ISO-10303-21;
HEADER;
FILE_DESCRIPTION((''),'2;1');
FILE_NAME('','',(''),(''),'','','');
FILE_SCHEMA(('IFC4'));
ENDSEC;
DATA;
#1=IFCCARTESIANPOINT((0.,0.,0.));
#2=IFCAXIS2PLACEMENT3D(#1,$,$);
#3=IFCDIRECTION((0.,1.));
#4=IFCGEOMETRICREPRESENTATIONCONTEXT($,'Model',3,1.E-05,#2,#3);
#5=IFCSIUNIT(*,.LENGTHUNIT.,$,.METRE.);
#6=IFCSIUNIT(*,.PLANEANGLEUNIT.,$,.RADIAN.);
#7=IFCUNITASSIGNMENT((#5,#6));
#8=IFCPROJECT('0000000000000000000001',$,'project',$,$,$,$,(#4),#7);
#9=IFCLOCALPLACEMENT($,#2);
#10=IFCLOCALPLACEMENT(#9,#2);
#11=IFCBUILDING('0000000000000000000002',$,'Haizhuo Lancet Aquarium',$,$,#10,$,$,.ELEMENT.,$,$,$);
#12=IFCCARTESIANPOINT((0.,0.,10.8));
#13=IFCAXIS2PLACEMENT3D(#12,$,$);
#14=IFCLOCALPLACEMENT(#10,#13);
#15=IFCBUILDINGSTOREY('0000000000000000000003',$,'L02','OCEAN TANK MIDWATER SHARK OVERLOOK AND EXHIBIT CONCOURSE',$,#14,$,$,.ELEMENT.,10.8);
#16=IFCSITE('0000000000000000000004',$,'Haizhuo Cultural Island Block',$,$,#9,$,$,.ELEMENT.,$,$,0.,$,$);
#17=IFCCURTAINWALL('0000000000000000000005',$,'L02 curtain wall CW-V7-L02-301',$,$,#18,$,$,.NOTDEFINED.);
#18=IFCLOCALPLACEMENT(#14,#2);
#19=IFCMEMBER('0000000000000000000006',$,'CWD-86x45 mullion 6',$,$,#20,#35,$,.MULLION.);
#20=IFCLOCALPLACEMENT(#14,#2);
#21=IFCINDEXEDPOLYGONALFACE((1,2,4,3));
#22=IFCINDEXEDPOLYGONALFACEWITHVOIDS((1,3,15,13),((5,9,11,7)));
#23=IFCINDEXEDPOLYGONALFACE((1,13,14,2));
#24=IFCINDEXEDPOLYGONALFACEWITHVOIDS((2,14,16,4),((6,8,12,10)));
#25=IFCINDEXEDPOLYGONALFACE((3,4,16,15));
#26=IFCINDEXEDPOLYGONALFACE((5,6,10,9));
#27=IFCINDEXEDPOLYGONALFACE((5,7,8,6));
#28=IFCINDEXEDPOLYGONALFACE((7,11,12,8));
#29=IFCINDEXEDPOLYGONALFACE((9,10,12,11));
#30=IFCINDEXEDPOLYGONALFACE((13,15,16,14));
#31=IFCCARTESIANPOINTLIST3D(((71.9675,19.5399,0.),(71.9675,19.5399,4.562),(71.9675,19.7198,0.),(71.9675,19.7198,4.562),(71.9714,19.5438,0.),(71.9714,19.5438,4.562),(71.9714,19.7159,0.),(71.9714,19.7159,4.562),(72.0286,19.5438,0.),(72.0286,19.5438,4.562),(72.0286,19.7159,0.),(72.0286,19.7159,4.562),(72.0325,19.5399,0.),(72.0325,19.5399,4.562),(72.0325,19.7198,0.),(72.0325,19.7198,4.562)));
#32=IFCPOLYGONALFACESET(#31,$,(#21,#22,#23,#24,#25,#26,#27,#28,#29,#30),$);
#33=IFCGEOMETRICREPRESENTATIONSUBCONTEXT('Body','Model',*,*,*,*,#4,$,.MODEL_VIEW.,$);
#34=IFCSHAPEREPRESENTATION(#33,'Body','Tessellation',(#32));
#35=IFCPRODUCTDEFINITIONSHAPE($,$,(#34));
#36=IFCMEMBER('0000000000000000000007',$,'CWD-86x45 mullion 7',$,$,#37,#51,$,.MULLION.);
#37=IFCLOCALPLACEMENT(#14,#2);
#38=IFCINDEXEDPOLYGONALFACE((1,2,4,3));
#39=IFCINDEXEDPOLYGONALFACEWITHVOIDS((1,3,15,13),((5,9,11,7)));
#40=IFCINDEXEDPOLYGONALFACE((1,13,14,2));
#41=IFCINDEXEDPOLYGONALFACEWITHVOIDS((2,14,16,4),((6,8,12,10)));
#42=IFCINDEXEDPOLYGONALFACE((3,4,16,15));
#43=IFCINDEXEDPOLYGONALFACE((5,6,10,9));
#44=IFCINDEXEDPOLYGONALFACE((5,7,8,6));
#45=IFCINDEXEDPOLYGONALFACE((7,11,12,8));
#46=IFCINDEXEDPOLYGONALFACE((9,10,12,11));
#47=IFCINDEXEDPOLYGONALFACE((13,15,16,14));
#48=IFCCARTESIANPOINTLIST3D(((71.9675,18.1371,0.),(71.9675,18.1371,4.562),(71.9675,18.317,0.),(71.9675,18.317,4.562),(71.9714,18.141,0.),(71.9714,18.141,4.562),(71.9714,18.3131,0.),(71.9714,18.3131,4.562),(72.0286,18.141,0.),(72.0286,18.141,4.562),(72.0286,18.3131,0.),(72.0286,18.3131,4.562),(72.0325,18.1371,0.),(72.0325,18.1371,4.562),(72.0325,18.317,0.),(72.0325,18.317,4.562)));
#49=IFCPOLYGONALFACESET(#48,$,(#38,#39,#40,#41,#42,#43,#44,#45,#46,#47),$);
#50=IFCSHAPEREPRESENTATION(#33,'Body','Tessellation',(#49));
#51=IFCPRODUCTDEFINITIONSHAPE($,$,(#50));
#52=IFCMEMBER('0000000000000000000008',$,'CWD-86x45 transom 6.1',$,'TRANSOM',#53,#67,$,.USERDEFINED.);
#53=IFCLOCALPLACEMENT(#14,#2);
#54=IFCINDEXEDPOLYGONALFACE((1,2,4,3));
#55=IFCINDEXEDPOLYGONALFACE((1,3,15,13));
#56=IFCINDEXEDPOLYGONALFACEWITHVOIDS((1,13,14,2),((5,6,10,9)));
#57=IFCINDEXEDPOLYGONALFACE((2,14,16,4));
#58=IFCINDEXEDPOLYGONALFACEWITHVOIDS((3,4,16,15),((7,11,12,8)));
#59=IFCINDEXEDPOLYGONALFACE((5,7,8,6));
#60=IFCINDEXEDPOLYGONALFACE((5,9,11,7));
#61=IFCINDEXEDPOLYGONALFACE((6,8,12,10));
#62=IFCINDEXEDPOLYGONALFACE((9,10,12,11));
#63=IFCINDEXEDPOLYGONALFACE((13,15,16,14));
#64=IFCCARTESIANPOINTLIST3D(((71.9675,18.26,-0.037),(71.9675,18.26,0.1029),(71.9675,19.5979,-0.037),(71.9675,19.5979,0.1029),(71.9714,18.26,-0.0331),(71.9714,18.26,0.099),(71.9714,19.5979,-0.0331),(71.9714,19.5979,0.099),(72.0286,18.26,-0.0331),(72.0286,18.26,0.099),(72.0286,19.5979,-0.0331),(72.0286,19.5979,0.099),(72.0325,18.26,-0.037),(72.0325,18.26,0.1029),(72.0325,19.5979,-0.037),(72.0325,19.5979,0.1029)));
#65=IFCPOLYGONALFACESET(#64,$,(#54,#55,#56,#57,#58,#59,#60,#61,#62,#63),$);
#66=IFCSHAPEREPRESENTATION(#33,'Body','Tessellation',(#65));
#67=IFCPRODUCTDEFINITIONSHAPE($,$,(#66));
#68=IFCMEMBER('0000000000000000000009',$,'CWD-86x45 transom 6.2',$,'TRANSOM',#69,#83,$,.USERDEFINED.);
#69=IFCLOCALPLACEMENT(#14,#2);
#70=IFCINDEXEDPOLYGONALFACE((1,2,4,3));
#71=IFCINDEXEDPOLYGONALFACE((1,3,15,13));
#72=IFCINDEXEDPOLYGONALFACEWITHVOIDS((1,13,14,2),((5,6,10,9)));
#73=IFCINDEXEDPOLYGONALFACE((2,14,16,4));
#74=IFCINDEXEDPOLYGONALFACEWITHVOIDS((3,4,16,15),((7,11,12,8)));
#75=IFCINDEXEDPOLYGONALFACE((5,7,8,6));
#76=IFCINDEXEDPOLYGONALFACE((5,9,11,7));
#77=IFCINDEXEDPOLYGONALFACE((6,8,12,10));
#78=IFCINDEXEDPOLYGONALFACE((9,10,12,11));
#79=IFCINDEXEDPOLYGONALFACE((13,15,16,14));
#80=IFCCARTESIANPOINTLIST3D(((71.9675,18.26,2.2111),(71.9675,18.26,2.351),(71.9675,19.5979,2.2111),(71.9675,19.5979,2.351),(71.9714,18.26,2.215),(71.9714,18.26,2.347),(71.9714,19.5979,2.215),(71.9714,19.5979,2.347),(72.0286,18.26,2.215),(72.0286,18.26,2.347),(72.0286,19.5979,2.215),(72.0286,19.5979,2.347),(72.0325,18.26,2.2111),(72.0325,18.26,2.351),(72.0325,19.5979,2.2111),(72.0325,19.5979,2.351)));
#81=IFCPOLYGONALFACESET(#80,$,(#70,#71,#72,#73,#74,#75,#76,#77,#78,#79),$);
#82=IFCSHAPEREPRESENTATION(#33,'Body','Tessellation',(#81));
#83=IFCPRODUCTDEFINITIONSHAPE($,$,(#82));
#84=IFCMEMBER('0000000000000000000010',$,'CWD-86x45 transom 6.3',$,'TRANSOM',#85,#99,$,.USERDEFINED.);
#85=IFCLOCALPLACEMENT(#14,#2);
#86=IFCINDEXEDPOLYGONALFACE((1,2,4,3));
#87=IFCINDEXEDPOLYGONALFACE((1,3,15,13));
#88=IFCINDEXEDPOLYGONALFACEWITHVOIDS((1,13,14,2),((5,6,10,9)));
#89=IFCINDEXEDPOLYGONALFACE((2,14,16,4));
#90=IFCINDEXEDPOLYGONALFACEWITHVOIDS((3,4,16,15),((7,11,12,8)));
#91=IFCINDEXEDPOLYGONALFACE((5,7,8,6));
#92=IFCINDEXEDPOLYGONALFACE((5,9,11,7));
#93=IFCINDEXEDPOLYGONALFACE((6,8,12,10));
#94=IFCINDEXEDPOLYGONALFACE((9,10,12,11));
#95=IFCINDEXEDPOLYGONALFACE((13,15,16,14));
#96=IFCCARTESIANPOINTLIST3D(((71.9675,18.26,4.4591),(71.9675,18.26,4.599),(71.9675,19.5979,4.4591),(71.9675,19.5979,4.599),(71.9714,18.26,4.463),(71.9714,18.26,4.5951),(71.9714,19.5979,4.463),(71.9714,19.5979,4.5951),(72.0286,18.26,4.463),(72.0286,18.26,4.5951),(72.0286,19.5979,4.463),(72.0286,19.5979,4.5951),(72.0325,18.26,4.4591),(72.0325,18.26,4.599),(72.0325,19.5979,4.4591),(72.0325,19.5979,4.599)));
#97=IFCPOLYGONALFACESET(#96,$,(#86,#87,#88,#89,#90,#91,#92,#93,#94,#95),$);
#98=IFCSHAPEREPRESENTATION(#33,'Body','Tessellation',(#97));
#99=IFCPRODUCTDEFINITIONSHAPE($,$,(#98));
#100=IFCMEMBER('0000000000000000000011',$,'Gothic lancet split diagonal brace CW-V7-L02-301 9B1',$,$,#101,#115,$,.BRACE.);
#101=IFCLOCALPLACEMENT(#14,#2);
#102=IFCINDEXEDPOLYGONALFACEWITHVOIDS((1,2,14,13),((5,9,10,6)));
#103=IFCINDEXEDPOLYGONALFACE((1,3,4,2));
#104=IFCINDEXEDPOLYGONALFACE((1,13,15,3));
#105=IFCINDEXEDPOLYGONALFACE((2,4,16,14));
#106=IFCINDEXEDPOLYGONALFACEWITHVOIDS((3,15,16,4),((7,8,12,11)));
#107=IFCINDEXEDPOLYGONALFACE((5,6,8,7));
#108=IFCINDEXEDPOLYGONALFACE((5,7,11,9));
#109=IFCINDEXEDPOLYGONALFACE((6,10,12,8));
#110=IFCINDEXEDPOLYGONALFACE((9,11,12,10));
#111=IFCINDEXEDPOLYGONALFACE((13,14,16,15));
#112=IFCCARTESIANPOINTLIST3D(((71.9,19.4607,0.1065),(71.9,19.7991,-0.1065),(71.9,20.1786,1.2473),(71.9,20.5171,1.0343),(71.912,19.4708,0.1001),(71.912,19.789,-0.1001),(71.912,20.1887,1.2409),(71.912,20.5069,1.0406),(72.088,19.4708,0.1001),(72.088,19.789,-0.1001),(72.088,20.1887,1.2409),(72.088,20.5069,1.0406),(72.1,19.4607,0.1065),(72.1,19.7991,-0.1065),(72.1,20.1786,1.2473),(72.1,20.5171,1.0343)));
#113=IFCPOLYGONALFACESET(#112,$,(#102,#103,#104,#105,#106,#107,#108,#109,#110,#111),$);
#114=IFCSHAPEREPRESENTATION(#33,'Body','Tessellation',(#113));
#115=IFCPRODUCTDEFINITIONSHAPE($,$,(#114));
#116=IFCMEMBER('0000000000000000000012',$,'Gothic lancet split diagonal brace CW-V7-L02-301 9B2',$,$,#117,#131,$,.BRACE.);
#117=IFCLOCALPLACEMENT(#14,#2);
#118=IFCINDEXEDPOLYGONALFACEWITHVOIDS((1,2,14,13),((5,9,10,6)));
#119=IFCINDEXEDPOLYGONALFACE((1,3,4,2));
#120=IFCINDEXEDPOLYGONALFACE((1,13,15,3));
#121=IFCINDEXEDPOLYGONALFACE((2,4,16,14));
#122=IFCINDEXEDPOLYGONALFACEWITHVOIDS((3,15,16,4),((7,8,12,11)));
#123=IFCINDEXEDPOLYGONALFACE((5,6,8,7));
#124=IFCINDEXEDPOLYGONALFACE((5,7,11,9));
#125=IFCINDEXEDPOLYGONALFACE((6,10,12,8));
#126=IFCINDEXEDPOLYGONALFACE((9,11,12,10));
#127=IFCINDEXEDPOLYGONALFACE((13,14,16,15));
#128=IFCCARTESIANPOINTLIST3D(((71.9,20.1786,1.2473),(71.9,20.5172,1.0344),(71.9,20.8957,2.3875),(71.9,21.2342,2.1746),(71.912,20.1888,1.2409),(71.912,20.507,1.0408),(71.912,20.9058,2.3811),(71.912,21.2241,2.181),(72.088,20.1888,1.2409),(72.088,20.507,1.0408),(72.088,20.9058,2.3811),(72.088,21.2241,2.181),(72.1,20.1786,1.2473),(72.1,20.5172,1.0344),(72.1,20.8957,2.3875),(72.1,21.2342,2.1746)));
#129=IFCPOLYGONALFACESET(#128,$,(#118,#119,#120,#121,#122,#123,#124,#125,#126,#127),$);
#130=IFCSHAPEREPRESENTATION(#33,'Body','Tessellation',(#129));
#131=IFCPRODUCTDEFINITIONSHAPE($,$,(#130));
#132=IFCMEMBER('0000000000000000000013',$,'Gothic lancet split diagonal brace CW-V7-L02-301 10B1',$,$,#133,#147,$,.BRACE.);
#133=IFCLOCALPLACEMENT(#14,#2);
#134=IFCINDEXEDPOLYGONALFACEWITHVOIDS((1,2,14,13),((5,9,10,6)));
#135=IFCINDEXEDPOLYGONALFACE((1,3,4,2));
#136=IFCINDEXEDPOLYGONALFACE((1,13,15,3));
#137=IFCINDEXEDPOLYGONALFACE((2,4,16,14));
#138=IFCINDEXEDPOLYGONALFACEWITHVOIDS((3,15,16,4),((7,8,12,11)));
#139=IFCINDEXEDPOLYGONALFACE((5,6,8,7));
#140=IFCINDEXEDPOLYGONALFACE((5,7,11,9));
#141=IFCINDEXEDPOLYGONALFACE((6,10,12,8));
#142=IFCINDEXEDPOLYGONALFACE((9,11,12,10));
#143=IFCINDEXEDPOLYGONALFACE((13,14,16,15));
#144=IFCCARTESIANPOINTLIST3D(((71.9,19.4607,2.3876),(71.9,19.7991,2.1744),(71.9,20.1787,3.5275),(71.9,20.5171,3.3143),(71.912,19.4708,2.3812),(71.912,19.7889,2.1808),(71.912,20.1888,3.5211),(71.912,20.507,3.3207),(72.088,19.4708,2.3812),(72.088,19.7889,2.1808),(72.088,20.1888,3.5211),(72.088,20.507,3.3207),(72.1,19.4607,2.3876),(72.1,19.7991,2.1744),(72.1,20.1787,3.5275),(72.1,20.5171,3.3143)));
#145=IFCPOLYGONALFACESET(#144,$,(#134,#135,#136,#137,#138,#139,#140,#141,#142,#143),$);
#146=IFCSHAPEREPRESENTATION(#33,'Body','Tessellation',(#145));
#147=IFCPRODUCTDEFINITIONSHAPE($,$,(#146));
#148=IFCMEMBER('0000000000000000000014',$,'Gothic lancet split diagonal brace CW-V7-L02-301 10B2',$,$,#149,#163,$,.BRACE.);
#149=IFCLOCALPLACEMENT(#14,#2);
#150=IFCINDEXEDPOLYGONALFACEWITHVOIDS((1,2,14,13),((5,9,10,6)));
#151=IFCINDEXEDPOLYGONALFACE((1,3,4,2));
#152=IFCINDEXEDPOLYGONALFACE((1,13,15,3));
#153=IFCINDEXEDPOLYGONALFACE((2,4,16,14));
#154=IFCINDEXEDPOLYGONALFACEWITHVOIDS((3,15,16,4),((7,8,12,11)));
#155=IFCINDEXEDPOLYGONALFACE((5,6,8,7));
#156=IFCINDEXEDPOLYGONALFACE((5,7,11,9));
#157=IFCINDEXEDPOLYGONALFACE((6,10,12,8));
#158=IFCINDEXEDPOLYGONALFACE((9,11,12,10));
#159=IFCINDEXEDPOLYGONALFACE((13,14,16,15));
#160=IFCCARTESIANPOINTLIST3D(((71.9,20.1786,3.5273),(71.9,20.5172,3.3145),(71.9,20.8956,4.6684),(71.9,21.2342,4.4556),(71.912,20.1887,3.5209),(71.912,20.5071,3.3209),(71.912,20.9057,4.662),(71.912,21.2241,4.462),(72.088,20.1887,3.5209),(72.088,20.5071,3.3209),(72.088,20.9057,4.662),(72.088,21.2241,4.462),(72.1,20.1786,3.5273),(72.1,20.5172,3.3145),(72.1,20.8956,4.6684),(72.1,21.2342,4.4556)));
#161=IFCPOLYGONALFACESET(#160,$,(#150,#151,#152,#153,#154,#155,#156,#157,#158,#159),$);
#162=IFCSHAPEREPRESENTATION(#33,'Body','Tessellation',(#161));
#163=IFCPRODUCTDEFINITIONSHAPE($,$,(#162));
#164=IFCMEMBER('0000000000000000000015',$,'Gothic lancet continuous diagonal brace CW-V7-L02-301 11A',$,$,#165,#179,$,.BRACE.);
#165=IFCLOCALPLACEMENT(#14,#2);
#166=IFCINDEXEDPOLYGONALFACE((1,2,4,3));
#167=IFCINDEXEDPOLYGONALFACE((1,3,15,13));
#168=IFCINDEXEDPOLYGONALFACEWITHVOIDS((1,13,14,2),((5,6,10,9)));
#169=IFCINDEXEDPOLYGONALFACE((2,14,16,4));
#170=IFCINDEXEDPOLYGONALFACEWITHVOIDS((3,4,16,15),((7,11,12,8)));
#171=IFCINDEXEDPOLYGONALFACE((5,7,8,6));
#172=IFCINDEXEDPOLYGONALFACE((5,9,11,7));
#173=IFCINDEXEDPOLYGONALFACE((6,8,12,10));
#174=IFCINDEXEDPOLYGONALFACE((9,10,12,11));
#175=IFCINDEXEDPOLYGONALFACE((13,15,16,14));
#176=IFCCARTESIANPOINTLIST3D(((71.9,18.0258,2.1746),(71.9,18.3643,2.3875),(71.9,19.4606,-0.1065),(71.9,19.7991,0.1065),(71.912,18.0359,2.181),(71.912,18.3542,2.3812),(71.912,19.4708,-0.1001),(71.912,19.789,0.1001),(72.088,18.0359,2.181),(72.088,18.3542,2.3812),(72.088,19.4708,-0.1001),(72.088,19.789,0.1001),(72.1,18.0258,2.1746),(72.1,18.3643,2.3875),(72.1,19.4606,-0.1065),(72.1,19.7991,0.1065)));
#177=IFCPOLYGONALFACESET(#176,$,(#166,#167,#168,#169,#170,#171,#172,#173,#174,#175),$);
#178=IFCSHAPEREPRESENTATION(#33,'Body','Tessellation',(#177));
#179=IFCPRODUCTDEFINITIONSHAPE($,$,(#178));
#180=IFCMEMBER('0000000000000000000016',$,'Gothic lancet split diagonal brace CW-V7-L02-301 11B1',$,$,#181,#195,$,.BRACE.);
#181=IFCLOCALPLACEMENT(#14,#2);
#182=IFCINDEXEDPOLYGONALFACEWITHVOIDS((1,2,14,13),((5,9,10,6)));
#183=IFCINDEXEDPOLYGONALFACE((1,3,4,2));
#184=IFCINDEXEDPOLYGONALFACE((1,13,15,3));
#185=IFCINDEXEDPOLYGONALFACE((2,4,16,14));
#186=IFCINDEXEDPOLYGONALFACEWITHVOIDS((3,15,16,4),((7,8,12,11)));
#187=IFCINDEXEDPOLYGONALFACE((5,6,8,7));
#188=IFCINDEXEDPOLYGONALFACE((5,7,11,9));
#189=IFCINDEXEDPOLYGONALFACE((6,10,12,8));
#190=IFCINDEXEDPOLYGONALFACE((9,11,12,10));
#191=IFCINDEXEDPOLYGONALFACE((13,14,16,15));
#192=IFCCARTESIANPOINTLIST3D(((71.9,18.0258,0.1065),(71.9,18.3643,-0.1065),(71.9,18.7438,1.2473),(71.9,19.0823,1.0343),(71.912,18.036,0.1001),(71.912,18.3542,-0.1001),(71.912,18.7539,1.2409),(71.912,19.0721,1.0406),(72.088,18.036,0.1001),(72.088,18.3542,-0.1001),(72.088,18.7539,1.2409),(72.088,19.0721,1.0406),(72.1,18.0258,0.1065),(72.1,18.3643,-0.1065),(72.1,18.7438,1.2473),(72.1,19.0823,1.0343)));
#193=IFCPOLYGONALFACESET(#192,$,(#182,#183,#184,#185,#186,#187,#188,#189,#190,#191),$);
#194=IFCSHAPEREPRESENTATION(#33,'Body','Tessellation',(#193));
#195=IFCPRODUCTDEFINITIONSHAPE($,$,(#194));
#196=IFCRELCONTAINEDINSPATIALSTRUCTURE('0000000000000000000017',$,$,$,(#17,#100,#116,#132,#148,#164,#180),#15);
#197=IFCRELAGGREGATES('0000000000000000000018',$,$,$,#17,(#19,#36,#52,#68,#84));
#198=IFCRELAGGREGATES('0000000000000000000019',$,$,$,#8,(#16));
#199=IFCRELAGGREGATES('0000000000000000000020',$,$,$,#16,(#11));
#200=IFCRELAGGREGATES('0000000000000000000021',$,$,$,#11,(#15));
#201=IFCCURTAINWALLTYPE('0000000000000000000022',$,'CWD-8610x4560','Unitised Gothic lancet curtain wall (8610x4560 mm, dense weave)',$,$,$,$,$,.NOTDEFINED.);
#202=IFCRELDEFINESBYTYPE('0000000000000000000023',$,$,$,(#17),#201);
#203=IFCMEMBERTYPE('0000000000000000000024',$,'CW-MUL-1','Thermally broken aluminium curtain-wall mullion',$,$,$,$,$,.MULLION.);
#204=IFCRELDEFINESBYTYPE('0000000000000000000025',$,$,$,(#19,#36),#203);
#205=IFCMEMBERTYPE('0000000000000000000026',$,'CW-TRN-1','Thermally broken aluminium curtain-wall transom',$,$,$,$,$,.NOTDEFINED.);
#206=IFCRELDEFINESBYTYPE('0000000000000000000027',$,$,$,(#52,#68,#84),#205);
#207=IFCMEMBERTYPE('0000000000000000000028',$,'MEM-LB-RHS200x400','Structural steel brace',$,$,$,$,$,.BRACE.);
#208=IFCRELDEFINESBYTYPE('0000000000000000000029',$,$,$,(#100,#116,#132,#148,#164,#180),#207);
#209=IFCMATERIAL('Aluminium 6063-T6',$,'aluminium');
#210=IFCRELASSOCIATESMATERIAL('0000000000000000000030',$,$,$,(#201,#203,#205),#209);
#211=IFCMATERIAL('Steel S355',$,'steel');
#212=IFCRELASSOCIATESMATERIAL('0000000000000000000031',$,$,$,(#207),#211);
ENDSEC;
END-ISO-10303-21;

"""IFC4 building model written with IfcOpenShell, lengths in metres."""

from ifc_helpers import new_model, si_unit, direction, frame, origin, origin_2d, place, context, subcontext, project, spatial, hollow_rectangle, extrude, material, material_profile, profile_set, type_object, element, aggregate, save


model = new_model("IFC4")

# Units and contexts
model_context = context("Model", 3, precision=1e-05, world=origin(), true_north=direction((0.0, 1.0)))
body_context = subcontext(model_context, "Body", "Model", "MODEL_VIEW")
ifc_project = project(units=[si_unit("LENGTHUNIT", "METRE"), si_unit("PLANEANGLEUNIT", "RADIAN")], contexts=[model_context])

# Site, building, storey
site_placement = place(None, origin())
site = spatial("IfcSite", under=ifc_project, at=site_placement, Name="Haizhuo Cultural Island Block", CompositionType="ELEMENT", RefElevation=0.0)
building_placement = place(site_placement, origin())
building = spatial("IfcBuilding", under=site, at=building_placement, Name="Haizhuo Lancet Aquarium", CompositionType="ELEMENT")
storey_placement = place(building_placement, frame((0.0, 0.0, 10.8)))
storey = spatial("IfcBuildingStorey", under=building, at=storey_placement, Name="L02", Description="OCEAN TANK MIDWATER SHARK OVERLOOK AND EXHIBIT CONCOURSE", CompositionType="ELEMENT", Elevation=10.8)

# Curtain wall, members
ifc_material_1 = material(Name="Aluminium 6063-T6", Category="aluminium")
curtain_wall_type = type_object("IfcCurtainWallType", Name="CWD-8610x4560", Description="Unitised Gothic lancet curtain wall (8610x4560 mm, dense weave)", PredefinedType="NOTDEFINED", material=ifc_material_1)
curtain_wall_placement = place(storey_placement, origin())
curtain_wall = element("IfcCurtainWall", 1, at=curtain_wall_placement, inside=storey, type_object=curtain_wall_type, Name="L02 curtain wall CW-V7-L02-301", PredefinedType="NOTDEFINED")
ifc_material_profile_1 = material_profile(ifc_material_1, hollow_rectangle(XDim=0.0649, YDim=0.1799, WallThickness=0.0039, at=origin_2d()), Name="ALU-M 65x180x4")
ifc_profile_set_1 = profile_set([ifc_material_profile_1], Name="Aluminium 6063-T6")
member_type_1 = type_object("IfcMemberType", Name="CW-MUL-1", Description="Thermally broken aluminium curtain-wall mullion", PredefinedType="MULLION", material=ifc_profile_set_1)
member_1_placement = place(storey_placement, frame((72.0, 19.6299, 0.0), z_axis=(0.0, 0.0, 1.0), x_axis=(1.0, 0.0, 0.0)))
member_1 = element("IfcMember", 2, at=member_1_placement, type_object=member_type_1, Name="CWD-86x45 mullion 6", PredefinedType="MULLION", context=body_context, shape_type="SweptSolid", body=[
    extrude(hollow_rectangle(XDim=0.0649, YDim=0.1799, WallThickness=0.0039, at=origin_2d()), origin(), (0.0, 0.0, 1.0), 4.562),
])
member_2_placement = place(storey_placement, frame((72.0, 18.2271, 0.0), z_axis=(0.0, 0.0, 1.0), x_axis=(1.0, 0.0, 0.0)))
member_2 = element("IfcMember", 3, at=member_2_placement, type_object=member_type_1, Name="CWD-86x45 mullion 7", PredefinedType="MULLION", context=body_context, shape_type="SweptSolid", body=[
    extrude(hollow_rectangle(XDim=0.0649, YDim=0.1799, WallThickness=0.0039, at=origin_2d()), origin(), (0.0, 0.0, 1.0), 4.562),
])
ifc_material_profile_2 = material_profile(ifc_material_1, hollow_rectangle(XDim=0.0649, YDim=0.1399, WallThickness=0.0039, at=origin_2d()), Name="ALU-T 65x140x4")
ifc_profile_set_2 = profile_set([ifc_material_profile_2], Name="Aluminium 6063-T6")
member_type_2 = type_object("IfcMemberType", Name="CW-TRN-1", Description="Thermally broken aluminium curtain-wall transom", PredefinedType="NOTDEFINED", material=ifc_profile_set_2)
member_3_placement = place(storey_placement, frame((72.0, 19.5979, 0.033), z_axis=(0.0, -1.0, 0.0), x_axis=(1.0, 0.0, 0.0)))
member_3 = element("IfcMember", 4, at=member_3_placement, type_object=member_type_2, Name="CWD-86x45 transom 6.1", ObjectType="TRANSOM", PredefinedType="USERDEFINED", context=body_context, shape_type="SweptSolid", body=[
    extrude(hollow_rectangle(XDim=0.0649, YDim=0.1399, WallThickness=0.0039, at=origin_2d()), origin(), (0.0, 0.0, 1.0), 1.3379),
])
member_4_placement = place(storey_placement, frame((72.0, 19.5979, 2.281), z_axis=(0.0, -1.0, 0.0), x_axis=(1.0, 0.0, 0.0)))
member_4 = element("IfcMember", 5, at=member_4_placement, type_object=member_type_2, Name="CWD-86x45 transom 6.2", ObjectType="TRANSOM", PredefinedType="USERDEFINED", context=body_context, shape_type="SweptSolid", body=[
    extrude(hollow_rectangle(XDim=0.0649, YDim=0.1399, WallThickness=0.0039, at=origin_2d()), origin(), (0.0, 0.0, 1.0), 1.3379),
])
member_5_placement = place(storey_placement, frame((72.0, 19.5979, 4.5291), z_axis=(0.0, -1.0, 0.0), x_axis=(1.0, 0.0, 0.0)))
member_5 = element("IfcMember", 6, at=member_5_placement, type_object=member_type_2, Name="CWD-86x45 transom 6.3", ObjectType="TRANSOM", PredefinedType="USERDEFINED", context=body_context, shape_type="SweptSolid", body=[
    extrude(hollow_rectangle(XDim=0.0649, YDim=0.1399, WallThickness=0.0039, at=origin_2d()), origin(), (0.0, 0.0, 1.0), 1.3379),
])

# Members
ifc_material_2 = material(Name="Steel S355", Category="steel")
ifc_material_profile_3 = material_profile(ifc_material_2, hollow_rectangle(XDim=0.2, YDim=0.3999, WallThickness=0.012, at=origin_2d()), Name="RHS 200x400x12")
ifc_profile_set_3 = profile_set([ifc_material_profile_3], Name="Steel S355")
member_type_3 = type_object("IfcMemberType", Name="MEM-LB-RHS200x400", Description="Structural steel brace", PredefinedType="BRACE", material=ifc_profile_set_3)
member_6_placement = place(storey_placement, frame((72.0, 19.6299, 0.0), z_axis=(0.0, 0.53265, 0.846336), x_axis=(-1.0, 0.0, 0.0)))
element("IfcMember", 7, at=member_6_placement, inside=storey, type_object=member_type_3, Name="Gothic lancet split diagonal brace CW-V7-L02-301 9B1", PredefinedType="BRACE", context=body_context, shape_type="SweptSolid", body=[
    extrude(hollow_rectangle(XDim=0.2, YDim=0.3999, WallThickness=0.012, at=origin_2d()), origin(), (0.0, 0.0, 1.0), 1.3479),
])
member_7_placement = place(storey_placement, frame((72.0, 20.3479, 1.1409), z_axis=(0.0, 0.532376, 0.846508), x_axis=(-1.0, 0.0, 0.0)))
element("IfcMember", 8, at=member_7_placement, inside=storey, type_object=member_type_3, Name="Gothic lancet split diagonal brace CW-V7-L02-301 9B2", PredefinedType="BRACE", context=body_context, shape_type="SweptSolid", body=[
    extrude(hollow_rectangle(XDim=0.2, YDim=0.3999, WallThickness=0.012, at=origin_2d()), origin(), (0.0, 0.0, 1.0), 1.3469),
])
member_8_placement = place(storey_placement, frame((72.0, 19.6299, 2.281), z_axis=(0.0, 0.532977, 0.84613), x_axis=(-1.0, 0.0, 0.0)))
element("IfcMember", 9, at=member_8_placement, inside=storey, type_object=member_type_3, Name="Gothic lancet split diagonal brace CW-V7-L02-301 10B1", PredefinedType="BRACE", context=body_context, shape_type="SweptSolid", body=[
    extrude(hollow_rectangle(XDim=0.2, YDim=0.3999, WallThickness=0.012, at=origin_2d()), origin(), (0.0, 0.0, 1.0), 1.3472),
])
member_9_placement = place(storey_placement, frame((72.0, 20.3479, 3.4209), z_axis=(0.0, 0.532049, 0.846713), x_axis=(-1.0, 0.0, 0.0)))
element("IfcMember", 10, at=member_9_placement, inside=storey, type_object=member_type_3, Name="Gothic lancet split diagonal brace CW-V7-L02-301 10B2", PredefinedType="BRACE", context=body_context, shape_type="SweptSolid", body=[
    extrude(hollow_rectangle(XDim=0.2, YDim=0.3999, WallThickness=0.012, at=origin_2d()), origin(), (0.0, 0.0, 1.0), 1.3477),
])
member_10_placement = place(storey_placement, frame((72.0, 19.6299, 0.0), z_axis=(0.0, -0.532448, 0.846463), x_axis=(1.0, 0.0, 0.0)))
element("IfcMember", 11, at=member_10_placement, inside=storey, type_object=member_type_3, Name="Gothic lancet continuous diagonal brace CW-V7-L02-301 11A", PredefinedType="BRACE", context=body_context, shape_type="SweptSolid", body=[
    extrude(hollow_rectangle(XDim=0.2, YDim=0.3999, WallThickness=0.012, at=origin_2d()), origin(), (0.0, 0.0, 1.0), 2.6948),
])
member_11_placement = place(storey_placement, frame((72.0, 18.1951, 0.0), z_axis=(0.0, 0.53265, 0.846336), x_axis=(-1.0, 0.0, 0.0)))
element("IfcMember", 12, at=member_11_placement, inside=storey, type_object=member_type_3, Name="Gothic lancet split diagonal brace CW-V7-L02-301 11B1", PredefinedType="BRACE", context=body_context, shape_type="SweptSolid", body=[
    extrude(hollow_rectangle(XDim=0.2, YDim=0.3999, WallThickness=0.012, at=origin_2d()), origin(), (0.0, 0.0, 1.0), 1.3479),
])

aggregate(curtain_wall, [member_1, member_2, member_3, member_4, member_5])

save(model, "model.ifc")
